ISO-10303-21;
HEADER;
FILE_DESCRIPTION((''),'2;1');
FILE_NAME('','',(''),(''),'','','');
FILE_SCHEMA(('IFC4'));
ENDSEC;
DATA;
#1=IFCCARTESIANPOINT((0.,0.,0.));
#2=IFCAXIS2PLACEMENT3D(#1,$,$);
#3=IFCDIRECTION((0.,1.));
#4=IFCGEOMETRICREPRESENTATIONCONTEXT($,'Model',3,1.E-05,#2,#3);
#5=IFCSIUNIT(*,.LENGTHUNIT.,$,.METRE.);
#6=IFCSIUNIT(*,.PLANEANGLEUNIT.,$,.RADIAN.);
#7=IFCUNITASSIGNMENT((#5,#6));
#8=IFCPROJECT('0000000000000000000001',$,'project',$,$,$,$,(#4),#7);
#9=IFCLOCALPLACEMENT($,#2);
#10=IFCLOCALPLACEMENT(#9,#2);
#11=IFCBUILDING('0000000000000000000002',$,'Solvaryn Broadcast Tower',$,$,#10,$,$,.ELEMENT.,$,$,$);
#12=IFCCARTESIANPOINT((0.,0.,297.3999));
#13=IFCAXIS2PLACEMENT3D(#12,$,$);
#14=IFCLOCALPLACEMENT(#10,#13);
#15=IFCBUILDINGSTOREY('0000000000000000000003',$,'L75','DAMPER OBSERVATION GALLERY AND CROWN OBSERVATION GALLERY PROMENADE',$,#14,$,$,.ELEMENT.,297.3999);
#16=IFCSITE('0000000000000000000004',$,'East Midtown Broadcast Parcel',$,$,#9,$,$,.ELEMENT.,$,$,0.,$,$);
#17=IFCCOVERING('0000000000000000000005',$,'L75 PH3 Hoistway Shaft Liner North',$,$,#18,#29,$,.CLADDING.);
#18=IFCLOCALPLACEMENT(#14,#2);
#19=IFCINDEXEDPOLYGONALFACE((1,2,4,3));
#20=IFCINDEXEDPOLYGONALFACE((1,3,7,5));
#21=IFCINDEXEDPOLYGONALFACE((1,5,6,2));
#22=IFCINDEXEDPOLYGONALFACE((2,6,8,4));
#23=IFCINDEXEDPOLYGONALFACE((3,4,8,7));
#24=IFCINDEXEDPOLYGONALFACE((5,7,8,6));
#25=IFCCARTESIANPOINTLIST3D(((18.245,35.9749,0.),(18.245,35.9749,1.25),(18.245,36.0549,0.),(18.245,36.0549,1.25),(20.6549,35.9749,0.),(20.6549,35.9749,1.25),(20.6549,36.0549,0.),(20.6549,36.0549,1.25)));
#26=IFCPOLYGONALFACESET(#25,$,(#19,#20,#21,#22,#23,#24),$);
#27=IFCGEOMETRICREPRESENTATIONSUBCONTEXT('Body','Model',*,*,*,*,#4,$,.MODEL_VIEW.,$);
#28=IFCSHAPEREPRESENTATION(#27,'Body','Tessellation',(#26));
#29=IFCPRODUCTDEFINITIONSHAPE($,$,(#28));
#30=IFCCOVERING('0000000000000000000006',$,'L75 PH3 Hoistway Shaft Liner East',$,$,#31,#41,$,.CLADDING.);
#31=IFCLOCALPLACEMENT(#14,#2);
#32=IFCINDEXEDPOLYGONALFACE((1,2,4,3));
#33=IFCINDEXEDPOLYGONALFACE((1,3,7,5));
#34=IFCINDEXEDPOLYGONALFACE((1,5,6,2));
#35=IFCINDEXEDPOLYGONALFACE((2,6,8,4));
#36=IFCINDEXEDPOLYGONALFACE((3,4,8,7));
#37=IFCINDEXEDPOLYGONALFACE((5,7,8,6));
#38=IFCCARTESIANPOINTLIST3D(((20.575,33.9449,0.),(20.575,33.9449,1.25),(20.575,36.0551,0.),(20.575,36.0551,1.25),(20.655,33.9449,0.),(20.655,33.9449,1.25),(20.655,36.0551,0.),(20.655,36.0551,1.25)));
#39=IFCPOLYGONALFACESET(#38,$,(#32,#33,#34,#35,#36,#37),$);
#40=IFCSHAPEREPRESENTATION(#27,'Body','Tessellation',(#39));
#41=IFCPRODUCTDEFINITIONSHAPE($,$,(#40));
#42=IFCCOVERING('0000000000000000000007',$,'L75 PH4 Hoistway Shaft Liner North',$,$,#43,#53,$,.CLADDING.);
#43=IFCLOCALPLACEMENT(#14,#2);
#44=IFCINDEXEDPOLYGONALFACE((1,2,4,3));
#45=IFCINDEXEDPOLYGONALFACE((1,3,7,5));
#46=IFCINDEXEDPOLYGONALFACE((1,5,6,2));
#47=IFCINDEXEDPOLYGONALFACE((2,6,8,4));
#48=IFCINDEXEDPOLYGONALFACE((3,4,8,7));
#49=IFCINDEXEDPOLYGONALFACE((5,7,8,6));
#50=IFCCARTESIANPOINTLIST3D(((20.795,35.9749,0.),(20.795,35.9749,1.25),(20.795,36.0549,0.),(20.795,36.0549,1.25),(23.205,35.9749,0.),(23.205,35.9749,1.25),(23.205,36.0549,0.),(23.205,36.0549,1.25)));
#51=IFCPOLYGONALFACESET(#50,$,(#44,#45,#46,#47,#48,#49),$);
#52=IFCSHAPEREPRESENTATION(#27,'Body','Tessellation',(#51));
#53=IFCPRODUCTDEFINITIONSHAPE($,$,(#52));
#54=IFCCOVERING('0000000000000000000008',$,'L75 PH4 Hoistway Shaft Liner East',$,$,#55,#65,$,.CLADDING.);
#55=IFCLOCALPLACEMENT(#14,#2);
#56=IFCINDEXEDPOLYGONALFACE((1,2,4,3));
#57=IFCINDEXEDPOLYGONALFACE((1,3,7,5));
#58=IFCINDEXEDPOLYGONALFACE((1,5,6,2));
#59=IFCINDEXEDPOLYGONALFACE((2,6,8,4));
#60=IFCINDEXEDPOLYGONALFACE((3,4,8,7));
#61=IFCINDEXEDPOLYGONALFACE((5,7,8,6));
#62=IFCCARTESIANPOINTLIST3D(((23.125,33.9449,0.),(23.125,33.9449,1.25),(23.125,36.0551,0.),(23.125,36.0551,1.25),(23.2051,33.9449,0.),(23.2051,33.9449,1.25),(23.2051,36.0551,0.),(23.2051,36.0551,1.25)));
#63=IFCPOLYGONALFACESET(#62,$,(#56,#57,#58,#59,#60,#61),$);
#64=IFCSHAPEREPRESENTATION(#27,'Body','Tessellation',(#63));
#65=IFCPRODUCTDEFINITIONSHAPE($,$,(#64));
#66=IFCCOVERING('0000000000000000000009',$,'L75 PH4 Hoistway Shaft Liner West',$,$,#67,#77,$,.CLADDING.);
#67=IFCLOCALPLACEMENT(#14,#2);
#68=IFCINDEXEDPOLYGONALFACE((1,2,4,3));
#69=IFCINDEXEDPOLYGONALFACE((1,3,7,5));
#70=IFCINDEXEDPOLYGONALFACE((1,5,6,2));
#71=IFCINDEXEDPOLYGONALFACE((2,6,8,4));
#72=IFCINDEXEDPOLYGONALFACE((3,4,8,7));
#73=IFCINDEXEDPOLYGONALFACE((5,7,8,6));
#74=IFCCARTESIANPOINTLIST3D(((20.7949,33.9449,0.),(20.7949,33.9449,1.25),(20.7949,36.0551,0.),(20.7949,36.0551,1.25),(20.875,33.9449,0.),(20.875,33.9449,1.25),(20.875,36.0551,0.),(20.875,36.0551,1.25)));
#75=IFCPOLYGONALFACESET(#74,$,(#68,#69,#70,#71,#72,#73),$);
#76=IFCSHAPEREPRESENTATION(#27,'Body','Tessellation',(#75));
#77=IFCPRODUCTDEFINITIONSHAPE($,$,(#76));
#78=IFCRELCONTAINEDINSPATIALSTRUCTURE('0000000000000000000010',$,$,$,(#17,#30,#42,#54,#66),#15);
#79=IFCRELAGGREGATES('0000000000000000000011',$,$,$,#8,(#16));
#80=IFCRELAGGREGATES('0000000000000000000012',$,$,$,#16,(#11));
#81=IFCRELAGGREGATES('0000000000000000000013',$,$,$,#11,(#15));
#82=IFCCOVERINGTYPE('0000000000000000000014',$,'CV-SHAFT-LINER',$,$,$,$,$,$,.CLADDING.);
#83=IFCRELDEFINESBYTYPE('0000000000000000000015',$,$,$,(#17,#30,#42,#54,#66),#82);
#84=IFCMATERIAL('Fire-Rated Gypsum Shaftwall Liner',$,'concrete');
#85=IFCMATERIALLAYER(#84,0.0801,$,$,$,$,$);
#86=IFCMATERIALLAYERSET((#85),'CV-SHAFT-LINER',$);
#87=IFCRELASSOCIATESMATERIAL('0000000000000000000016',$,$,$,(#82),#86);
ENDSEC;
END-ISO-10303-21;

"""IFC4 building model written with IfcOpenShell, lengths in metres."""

from ifc_helpers import new_model, si_unit, direction, frame, origin, origin_2d, place, context, subcontext, project, spatial, rectangle, extrude, material, layer, layer_set, type_object, element, save


model = new_model("IFC4")

# Units and contexts
model_context = context("Model", 3, precision=1e-05, world=origin(), true_north=direction((0.0, 1.0)))
body_context = subcontext(model_context, "Body", "Model", "MODEL_VIEW")
ifc_project = project(units=[si_unit("LENGTHUNIT", "METRE"), si_unit("PLANEANGLEUNIT", "RADIAN")], contexts=[model_context])

# Site, building, storey
site_placement = place(None, origin())
site = spatial("IfcSite", under=ifc_project, at=site_placement, Name="East Midtown Broadcast Parcel", CompositionType="ELEMENT", RefElevation=0.0)
building_placement = place(site_placement, origin())
building = spatial("IfcBuilding", under=site, at=building_placement, Name="Solvaryn Broadcast Tower", CompositionType="ELEMENT")
storey_placement = place(building_placement, frame((0.0, 0.0, 297.3999)))
storey = spatial("IfcBuildingStorey", under=building, at=storey_placement, Name="L75", Description="DAMPER OBSERVATION GALLERY AND CROWN OBSERVATION GALLERY PROMENADE", CompositionType="ELEMENT", Elevation=297.3999)

# Coverings
ifc_material_1 = material(Name="Fire-Rated Gypsum Shaftwall Liner", Category="concrete")
ifc_layer_1 = layer(ifc_material_1, 0.0801)
ifc_layer_set_1 = layer_set([ifc_layer_1], Name="CV-SHAFT-LINER")
covering_type = type_object("IfcCoveringType", Name="CV-SHAFT-LINER", PredefinedType="CLADDING", material=ifc_layer_set_1)
covering_1_placement = place(storey_placement, frame((19.45, 36.0149, 0.0), z_axis=(0.0, 0.0, 1.0), x_axis=(1.0, 0.0, 0.0)))
element("IfcCovering", 1, at=covering_1_placement, inside=storey, type_object=covering_type, Name="L75 PH3 Hoistway Shaft Liner North", PredefinedType="CLADDING", context=body_context, shape_type="SweptSolid", body=[
    extrude(rectangle(XDim=2.4099, YDim=0.0801, at=origin_2d()), origin(), (0.0, 0.0, 1.0), 1.25),
])
covering_2_placement = place(storey_placement, frame((20.615, 35.0, 0.0), z_axis=(0.0, 0.0, 1.0), x_axis=(1.0, 0.0, 0.0)))
element("IfcCovering", 2, at=covering_2_placement, inside=storey, type_object=covering_type, Name="L75 PH3 Hoistway Shaft Liner East", PredefinedType="CLADDING", context=body_context, shape_type="SweptSolid", body=[
    extrude(rectangle(XDim=0.0801, YDim=2.1101, at=origin_2d()), origin(), (0.0, 0.0, 1.0), 1.25),
])
covering_3_placement = place(storey_placement, frame((22.0, 36.0149, 0.0), z_axis=(0.0, 0.0, 1.0), x_axis=(1.0, 0.0, 0.0)))
element("IfcCovering", 3, at=covering_3_placement, inside=storey, type_object=covering_type, Name="L75 PH4 Hoistway Shaft Liner North", PredefinedType="CLADDING", context=body_context, shape_type="SweptSolid", body=[
    extrude(rectangle(XDim=2.4099, YDim=0.0801, at=origin_2d()), origin(), (0.0, 0.0, 1.0), 1.25),
])
for number, where, z_axis, x_axis, name in (
    (4, (23.165, 35.0, 0.0), (0.0, 0.0, 1.0), (1.0, 0.0, 0.0), "L75 PH4 Hoistway Shaft Liner East"),
    (5, (20.835, 35.0, 0.0), (0.0, 0.0, 1.0), (1.0, 0.0, 0.0), "L75 PH4 Hoistway Shaft Liner West"),
):
    element("IfcCovering", number, at=place(storey_placement, frame(where, z_axis=z_axis, x_axis=x_axis)), inside=storey, type_object=covering_type, Name=name, PredefinedType="CLADDING", context=body_context, shape_type="SweptSolid", body=[
        extrude(rectangle(XDim=0.0801, YDim=2.1101, at=origin_2d()), origin(), (0.0, 0.0, 1.0), 1.25),
    ])

save(model, "model.ifc")
